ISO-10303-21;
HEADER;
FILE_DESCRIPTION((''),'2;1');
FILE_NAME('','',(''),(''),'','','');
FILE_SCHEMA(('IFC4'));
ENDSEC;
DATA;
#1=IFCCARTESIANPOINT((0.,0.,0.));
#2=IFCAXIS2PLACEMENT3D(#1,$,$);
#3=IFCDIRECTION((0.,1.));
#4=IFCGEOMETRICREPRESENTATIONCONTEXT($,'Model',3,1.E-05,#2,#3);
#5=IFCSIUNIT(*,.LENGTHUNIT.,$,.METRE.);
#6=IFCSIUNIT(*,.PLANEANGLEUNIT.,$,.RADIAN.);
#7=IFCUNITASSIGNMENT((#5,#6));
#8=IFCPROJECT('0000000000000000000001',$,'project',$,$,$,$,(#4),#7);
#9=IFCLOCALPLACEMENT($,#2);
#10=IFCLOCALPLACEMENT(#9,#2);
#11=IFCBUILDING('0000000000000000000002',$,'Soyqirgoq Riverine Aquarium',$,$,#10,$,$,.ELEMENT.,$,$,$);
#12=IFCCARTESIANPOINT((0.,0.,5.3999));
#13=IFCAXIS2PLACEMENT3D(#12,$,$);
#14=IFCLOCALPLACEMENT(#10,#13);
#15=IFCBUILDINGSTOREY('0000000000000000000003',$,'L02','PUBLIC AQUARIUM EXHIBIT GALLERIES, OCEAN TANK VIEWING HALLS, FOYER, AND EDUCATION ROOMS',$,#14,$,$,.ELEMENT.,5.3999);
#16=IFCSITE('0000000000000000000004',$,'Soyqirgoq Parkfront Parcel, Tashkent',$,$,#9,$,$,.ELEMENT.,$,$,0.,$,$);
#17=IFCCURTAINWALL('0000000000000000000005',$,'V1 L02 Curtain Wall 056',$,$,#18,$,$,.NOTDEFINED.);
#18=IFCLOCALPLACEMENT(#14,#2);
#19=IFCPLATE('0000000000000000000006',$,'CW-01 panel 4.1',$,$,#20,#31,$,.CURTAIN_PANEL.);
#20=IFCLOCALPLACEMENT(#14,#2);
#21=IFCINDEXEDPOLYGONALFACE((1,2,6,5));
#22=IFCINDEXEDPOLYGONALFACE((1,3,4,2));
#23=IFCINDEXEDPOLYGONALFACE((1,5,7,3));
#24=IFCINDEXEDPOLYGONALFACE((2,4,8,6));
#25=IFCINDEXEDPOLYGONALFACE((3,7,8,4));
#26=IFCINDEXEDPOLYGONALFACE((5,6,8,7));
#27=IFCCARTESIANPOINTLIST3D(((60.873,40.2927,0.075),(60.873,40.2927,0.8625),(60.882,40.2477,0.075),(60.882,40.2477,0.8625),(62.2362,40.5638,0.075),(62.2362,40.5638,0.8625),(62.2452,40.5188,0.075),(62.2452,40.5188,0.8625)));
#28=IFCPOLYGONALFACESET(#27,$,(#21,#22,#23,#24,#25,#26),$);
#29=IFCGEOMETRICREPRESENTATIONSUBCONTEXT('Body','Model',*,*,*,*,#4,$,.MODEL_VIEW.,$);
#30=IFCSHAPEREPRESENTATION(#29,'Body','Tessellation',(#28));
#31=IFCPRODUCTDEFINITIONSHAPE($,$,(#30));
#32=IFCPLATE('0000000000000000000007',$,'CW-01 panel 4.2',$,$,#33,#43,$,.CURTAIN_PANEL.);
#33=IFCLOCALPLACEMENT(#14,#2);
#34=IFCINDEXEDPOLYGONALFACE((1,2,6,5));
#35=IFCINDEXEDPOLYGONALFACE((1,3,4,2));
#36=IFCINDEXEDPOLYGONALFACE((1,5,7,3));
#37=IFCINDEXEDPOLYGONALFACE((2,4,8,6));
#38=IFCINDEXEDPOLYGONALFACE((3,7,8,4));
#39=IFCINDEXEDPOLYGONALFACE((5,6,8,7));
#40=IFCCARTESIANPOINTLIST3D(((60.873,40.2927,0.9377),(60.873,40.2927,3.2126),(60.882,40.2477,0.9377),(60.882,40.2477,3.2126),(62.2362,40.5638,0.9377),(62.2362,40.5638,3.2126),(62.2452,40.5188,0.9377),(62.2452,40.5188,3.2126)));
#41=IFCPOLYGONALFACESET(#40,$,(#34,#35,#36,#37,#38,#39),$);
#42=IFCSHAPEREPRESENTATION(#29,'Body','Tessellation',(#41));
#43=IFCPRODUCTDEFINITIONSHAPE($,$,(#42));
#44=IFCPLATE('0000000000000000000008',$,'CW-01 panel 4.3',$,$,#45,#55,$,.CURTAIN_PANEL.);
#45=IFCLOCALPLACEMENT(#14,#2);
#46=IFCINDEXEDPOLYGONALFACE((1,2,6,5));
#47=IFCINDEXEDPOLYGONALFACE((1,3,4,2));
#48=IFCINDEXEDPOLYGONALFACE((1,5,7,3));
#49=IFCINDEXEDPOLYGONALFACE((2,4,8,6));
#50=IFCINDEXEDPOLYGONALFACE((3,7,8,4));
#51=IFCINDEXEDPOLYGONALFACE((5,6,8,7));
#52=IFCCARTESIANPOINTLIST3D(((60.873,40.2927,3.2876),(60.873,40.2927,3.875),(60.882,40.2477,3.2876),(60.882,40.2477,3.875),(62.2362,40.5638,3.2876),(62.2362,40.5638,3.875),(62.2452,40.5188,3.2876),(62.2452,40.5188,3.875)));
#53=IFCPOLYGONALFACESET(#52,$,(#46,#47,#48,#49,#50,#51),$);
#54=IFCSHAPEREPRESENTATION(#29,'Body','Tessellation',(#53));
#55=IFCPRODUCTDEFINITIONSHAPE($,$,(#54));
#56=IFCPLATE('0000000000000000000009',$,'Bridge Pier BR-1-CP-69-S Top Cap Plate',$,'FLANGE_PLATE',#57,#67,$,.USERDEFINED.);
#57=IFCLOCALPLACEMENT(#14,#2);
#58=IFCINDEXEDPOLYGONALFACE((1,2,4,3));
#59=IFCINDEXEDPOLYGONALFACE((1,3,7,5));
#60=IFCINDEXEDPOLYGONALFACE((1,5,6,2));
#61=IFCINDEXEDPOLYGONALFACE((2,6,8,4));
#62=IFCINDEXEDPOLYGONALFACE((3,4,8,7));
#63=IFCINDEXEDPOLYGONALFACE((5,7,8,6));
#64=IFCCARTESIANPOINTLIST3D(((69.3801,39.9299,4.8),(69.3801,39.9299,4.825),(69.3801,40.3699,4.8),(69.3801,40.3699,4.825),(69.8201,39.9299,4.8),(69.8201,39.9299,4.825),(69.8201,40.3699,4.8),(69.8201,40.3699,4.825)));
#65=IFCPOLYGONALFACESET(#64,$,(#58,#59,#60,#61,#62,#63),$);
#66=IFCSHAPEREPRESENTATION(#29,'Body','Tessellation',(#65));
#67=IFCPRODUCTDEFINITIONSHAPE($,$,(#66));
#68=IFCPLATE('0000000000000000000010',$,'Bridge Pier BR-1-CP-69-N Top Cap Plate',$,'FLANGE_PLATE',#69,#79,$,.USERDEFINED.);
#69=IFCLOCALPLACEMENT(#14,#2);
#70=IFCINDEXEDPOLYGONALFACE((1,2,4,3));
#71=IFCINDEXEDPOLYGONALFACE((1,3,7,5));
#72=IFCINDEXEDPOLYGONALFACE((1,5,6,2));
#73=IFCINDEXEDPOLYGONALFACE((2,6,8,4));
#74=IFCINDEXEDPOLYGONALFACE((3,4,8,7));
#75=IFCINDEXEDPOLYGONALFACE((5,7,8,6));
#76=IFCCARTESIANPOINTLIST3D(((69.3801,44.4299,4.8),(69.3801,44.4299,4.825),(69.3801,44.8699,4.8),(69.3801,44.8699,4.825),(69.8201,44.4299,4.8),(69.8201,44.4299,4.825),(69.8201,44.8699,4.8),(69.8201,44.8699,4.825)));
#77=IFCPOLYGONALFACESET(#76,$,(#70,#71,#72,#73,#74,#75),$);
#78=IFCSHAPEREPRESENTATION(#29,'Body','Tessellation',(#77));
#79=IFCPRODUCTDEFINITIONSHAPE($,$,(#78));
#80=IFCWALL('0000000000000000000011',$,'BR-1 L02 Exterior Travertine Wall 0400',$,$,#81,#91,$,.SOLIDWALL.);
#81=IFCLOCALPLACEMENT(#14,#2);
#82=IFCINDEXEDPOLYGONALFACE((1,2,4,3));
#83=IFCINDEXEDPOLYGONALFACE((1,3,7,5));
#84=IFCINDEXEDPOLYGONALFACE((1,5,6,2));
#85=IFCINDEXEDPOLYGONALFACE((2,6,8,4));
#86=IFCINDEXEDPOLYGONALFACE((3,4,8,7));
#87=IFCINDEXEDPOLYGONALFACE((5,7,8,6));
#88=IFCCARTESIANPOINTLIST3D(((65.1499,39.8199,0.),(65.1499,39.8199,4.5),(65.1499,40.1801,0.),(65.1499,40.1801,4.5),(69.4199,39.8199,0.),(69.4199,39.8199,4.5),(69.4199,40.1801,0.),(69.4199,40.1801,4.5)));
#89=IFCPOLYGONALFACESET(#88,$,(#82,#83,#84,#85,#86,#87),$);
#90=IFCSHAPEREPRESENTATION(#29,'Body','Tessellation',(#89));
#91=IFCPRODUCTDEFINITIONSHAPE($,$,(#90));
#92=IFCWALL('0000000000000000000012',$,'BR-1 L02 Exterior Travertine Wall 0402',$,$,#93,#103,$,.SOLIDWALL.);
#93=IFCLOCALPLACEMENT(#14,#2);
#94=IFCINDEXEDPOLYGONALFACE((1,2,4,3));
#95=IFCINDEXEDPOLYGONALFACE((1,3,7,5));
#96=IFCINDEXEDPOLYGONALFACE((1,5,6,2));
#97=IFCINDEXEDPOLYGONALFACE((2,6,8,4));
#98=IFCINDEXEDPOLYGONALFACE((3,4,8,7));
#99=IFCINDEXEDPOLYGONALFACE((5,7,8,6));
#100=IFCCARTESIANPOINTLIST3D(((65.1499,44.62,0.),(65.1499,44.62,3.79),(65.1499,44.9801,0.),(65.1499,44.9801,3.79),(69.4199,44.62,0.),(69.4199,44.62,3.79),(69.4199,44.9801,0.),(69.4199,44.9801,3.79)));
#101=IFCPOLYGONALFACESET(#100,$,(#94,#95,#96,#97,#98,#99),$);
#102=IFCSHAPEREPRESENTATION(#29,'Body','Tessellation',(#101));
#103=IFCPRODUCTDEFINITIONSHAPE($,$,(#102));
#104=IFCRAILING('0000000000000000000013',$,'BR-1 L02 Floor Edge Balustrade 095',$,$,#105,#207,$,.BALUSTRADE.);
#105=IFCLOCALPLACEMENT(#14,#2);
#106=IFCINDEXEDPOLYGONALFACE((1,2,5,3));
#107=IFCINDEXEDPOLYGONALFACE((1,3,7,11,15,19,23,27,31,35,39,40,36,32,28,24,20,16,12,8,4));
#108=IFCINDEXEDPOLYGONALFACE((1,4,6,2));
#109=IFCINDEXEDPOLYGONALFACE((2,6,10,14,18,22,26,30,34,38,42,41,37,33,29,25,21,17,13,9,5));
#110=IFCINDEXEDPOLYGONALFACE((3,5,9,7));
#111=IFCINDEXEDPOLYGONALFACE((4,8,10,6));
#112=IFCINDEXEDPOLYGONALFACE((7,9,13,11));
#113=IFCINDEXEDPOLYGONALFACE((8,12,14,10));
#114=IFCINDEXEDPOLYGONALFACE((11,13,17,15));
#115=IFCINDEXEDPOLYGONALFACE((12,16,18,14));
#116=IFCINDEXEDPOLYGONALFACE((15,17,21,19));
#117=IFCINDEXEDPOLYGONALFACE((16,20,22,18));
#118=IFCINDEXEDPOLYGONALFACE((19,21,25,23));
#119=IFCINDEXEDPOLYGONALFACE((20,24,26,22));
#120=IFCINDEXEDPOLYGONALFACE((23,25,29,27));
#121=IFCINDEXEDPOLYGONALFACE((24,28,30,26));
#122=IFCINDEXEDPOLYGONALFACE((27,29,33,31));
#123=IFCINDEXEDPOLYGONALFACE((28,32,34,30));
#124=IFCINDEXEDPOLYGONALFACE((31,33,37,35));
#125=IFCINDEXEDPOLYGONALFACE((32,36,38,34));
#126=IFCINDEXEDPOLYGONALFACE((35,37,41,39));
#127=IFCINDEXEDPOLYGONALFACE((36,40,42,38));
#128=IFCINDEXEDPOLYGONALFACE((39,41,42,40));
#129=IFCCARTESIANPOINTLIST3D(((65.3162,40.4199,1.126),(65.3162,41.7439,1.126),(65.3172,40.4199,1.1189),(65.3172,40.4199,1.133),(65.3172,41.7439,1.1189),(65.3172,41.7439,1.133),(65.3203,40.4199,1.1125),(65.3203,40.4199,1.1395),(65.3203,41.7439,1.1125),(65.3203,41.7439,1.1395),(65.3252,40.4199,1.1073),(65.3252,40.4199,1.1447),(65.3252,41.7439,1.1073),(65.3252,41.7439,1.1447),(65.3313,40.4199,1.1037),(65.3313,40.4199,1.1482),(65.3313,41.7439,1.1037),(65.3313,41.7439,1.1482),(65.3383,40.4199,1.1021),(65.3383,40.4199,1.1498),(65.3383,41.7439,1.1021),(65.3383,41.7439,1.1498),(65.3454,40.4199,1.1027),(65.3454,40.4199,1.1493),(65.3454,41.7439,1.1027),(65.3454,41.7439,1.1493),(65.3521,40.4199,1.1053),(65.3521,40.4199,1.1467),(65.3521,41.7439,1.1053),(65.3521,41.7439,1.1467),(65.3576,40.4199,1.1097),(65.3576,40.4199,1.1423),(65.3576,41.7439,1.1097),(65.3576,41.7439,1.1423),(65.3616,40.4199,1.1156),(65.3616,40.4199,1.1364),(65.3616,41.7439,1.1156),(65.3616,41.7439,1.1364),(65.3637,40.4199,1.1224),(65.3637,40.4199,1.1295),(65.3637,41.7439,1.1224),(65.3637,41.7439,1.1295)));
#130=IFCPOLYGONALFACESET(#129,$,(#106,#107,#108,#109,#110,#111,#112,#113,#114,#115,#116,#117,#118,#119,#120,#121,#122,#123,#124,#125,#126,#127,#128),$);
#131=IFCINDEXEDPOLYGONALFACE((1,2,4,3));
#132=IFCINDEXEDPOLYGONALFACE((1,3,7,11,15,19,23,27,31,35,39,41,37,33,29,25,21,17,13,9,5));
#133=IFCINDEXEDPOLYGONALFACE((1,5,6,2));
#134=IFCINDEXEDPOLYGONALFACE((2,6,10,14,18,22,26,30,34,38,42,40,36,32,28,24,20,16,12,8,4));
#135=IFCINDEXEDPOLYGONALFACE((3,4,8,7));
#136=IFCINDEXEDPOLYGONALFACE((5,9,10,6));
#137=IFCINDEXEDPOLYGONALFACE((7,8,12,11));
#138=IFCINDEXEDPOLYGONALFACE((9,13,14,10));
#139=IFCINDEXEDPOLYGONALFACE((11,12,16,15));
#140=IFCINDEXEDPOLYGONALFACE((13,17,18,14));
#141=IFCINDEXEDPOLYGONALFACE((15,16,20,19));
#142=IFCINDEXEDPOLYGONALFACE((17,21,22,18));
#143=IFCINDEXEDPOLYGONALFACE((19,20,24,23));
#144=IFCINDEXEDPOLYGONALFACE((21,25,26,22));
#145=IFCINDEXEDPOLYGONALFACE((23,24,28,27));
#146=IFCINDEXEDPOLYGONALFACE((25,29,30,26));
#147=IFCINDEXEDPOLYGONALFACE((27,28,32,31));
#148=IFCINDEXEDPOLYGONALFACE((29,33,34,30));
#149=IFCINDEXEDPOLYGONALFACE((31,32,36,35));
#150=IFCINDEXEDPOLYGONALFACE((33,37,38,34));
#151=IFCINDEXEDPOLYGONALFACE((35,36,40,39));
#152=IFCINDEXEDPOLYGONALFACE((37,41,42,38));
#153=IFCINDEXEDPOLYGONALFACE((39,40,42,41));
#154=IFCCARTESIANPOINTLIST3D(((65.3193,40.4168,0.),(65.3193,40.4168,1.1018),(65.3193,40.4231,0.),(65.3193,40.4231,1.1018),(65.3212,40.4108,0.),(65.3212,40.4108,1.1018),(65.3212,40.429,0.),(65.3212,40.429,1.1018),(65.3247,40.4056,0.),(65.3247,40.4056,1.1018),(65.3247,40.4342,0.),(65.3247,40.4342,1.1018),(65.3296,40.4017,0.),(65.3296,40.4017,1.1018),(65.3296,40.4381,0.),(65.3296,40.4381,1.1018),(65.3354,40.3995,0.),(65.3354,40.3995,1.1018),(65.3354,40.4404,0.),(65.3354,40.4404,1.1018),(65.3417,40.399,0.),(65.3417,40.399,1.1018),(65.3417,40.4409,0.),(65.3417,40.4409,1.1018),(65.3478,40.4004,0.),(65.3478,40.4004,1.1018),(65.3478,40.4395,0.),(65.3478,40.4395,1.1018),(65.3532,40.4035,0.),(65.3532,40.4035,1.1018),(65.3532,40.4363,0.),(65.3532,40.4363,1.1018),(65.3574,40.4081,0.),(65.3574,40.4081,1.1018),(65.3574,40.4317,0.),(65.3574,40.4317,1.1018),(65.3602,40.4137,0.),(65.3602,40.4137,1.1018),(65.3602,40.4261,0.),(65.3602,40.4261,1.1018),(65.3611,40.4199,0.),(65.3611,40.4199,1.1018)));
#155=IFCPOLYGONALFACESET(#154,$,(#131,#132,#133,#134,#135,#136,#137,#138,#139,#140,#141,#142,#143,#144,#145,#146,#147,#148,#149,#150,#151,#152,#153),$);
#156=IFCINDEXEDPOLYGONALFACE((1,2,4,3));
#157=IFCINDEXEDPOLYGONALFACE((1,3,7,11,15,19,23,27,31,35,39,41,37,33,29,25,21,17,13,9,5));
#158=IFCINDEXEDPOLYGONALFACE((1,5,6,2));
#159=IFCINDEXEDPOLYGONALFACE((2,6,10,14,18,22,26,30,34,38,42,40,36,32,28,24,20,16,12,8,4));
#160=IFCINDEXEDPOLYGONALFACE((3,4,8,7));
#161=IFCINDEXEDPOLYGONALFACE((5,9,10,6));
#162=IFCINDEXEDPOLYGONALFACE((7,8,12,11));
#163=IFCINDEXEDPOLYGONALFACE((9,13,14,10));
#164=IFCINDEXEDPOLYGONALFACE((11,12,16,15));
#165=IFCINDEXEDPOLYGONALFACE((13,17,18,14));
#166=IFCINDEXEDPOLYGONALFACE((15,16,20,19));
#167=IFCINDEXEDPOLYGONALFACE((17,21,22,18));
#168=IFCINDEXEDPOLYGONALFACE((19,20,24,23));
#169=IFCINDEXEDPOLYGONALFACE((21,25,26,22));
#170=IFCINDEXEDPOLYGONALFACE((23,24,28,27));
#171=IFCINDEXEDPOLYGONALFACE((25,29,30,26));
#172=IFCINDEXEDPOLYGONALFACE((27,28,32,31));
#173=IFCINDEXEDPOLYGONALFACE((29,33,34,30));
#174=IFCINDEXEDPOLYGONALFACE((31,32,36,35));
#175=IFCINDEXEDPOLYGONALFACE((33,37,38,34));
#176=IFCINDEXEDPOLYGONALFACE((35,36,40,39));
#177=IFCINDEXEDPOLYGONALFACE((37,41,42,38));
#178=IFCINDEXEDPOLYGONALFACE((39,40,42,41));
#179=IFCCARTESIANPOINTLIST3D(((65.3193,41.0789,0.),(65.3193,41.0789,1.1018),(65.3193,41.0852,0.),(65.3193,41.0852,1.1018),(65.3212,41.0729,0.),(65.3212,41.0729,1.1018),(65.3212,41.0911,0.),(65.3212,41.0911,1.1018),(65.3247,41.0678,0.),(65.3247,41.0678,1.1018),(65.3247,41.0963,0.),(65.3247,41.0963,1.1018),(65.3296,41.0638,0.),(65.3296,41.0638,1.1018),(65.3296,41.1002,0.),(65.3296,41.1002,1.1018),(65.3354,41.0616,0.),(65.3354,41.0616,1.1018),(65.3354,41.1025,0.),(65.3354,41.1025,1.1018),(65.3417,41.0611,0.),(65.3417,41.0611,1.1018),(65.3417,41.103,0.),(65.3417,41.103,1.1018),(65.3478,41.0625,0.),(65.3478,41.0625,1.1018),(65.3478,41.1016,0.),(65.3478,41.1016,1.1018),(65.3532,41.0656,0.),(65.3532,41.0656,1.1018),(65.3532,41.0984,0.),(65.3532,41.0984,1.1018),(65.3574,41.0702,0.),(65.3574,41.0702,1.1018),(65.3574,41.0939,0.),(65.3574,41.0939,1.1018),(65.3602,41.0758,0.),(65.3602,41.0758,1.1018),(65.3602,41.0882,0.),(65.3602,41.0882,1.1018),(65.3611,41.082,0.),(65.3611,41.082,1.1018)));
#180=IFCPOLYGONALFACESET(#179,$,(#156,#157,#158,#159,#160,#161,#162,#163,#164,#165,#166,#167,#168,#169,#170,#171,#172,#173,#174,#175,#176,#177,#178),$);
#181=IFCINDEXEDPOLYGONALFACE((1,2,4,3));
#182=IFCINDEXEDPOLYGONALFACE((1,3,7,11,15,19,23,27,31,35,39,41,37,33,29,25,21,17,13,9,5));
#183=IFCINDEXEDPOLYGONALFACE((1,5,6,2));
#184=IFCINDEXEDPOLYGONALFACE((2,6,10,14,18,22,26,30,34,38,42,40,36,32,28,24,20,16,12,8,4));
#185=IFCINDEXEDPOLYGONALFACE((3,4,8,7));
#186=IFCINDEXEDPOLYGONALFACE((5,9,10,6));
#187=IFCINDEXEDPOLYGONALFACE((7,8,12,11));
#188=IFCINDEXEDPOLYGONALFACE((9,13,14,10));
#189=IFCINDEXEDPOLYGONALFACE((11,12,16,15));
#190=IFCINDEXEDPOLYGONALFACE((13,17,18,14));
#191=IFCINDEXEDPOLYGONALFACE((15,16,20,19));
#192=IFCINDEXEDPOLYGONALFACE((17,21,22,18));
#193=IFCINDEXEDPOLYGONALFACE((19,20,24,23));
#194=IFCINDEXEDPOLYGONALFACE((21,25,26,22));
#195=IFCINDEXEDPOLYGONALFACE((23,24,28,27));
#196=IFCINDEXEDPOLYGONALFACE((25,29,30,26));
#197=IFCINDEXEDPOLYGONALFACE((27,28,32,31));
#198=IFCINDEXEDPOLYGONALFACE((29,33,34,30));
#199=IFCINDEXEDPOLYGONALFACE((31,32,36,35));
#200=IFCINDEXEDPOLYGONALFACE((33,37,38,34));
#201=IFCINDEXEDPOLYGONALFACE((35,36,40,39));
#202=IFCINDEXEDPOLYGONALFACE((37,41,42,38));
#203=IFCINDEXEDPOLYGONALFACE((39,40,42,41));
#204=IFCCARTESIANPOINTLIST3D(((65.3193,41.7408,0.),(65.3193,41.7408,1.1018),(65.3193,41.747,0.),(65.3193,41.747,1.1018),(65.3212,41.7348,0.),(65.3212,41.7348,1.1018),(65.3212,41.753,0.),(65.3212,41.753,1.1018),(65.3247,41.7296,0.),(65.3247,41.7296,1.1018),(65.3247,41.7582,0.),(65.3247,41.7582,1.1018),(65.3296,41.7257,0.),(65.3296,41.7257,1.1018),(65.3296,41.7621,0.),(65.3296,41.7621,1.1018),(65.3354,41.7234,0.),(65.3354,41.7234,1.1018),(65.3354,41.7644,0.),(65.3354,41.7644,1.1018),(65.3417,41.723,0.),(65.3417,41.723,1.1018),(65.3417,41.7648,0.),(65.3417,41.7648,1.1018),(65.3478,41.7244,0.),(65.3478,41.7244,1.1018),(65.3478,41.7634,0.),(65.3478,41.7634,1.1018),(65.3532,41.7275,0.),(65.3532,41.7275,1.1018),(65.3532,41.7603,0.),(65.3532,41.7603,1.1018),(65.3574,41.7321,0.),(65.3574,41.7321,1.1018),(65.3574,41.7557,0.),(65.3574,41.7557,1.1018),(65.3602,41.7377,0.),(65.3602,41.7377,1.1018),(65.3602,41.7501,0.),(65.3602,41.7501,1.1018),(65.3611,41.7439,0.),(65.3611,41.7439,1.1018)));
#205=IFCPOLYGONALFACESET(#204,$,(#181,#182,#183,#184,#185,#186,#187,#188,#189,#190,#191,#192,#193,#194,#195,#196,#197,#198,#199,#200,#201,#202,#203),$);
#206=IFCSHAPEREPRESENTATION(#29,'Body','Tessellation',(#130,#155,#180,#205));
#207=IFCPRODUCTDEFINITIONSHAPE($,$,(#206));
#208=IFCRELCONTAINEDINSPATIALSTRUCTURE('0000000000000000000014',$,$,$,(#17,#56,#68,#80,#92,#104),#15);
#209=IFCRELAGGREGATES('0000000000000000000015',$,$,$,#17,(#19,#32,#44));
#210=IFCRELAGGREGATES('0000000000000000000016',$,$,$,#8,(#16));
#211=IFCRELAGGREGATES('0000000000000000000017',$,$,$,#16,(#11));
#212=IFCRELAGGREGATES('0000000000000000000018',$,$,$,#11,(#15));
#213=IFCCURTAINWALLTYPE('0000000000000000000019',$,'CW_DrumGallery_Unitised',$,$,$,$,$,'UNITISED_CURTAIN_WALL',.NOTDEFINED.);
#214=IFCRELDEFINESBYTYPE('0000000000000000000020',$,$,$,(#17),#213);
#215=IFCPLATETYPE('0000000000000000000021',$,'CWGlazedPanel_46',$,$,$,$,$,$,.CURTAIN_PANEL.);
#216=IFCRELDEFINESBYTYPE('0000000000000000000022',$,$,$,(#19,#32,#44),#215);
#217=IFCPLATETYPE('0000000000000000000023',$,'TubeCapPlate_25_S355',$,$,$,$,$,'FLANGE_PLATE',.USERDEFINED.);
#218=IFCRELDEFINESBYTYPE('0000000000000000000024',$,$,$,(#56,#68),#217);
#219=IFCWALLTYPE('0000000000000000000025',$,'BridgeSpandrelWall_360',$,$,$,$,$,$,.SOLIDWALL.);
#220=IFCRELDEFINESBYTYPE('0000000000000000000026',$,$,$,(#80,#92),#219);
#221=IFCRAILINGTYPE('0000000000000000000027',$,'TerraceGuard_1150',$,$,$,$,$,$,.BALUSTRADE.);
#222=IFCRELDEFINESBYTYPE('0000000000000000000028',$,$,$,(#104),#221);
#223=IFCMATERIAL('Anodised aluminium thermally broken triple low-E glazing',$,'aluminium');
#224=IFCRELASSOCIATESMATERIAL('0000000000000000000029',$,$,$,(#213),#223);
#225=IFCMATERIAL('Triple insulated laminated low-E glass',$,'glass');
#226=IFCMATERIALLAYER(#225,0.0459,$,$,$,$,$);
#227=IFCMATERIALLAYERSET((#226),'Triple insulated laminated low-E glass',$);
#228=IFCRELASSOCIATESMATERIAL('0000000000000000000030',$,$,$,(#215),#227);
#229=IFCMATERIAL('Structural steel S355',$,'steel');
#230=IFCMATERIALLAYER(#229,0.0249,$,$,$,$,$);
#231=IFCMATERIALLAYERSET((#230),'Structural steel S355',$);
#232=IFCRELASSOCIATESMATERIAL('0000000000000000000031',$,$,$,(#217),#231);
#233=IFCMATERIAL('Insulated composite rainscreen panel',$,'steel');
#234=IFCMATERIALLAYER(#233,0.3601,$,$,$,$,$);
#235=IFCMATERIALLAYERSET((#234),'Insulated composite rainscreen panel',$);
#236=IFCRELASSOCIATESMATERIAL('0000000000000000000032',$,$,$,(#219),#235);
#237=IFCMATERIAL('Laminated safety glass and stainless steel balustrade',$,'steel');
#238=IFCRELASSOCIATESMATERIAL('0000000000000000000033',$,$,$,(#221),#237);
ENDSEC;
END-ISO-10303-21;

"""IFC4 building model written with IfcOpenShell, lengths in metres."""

from ifc_helpers import new_model, si_unit, direction, frame, frame_2d, origin, origin_2d, place, context, subcontext, project, spatial, rectangle, circle, extrude, material, layer, layer_set, type_object, element, aggregate, save


model = new_model("IFC4")

# Units and contexts
model_context = context("Model", 3, precision=1e-05, world=origin(), true_north=direction((0.0, 1.0)))
body_context = subcontext(model_context, "Body", "Model", "MODEL_VIEW")
ifc_project = project(units=[si_unit("LENGTHUNIT", "METRE"), si_unit("PLANEANGLEUNIT", "RADIAN")], contexts=[model_context])

# Site, building, storey
site_placement = place(None, origin())
site = spatial("IfcSite", under=ifc_project, at=site_placement, Name="Soyqirgoq Parkfront Parcel, Tashkent", CompositionType="ELEMENT", RefElevation=0.0)
building_placement = place(site_placement, origin())
building = spatial("IfcBuilding", under=site, at=building_placement, Name="Soyqirgoq Riverine Aquarium", CompositionType="ELEMENT")
storey_placement = place(building_placement, frame((0.0, 0.0, 5.3999)))
storey = spatial("IfcBuildingStorey", under=building, at=storey_placement, Name="L02", Description="PUBLIC AQUARIUM EXHIBIT GALLERIES, OCEAN TANK VIEWING HALLS, FOYER, AND EDUCATION ROOMS", CompositionType="ELEMENT", Elevation=5.3999)

# Curtain wall
ifc_material_1 = material(Name="Anodised aluminium thermally broken triple low-E glazing", Category="aluminium")
curtain_wall_type = type_object("IfcCurtainWallType", Name="CW_DrumGallery_Unitised", ElementType="UNITISED_CURTAIN_WALL", PredefinedType="NOTDEFINED", material=ifc_material_1)
curtain_wall_placement = place(storey_placement, origin())
curtain_wall = element("IfcCurtainWall", 1, at=curtain_wall_placement, inside=storey, type_object=curtain_wall_type, Name="V1 L02 Curtain Wall 056", PredefinedType="NOTDEFINED")

# Plates
ifc_material_2 = material(Name="Triple insulated laminated low-E glass", Category="glass")
ifc_layer_1 = layer(ifc_material_2, 0.0459)
ifc_layer_set_1 = layer_set([ifc_layer_1], Name="Triple insulated laminated low-E glass")
plate_type_1 = type_object("IfcPlateType", Name="CWGlazedPanel_46", PredefinedType="CURTAIN_PANEL", material=ifc_layer_set_1)
plate_1_placement = place(storey_placement, frame((61.5591, 40.4058, 0.075), z_axis=(0.0, 0.0, 1.0), x_axis=(0.980786, 0.195088, 0.0)))
plate_1 = element("IfcPlate", 2, at=plate_1_placement, type_object=plate_type_1, Name="CW-01 panel 4.1", PredefinedType="CURTAIN_PANEL", context=body_context, shape_type="SweptSolid", body=[
    extrude(rectangle(XDim=1.3899, YDim=0.0459, at=origin_2d()), origin(), (0.0, 0.0, 1.0), 0.7876),
])
plate_2_placement = place(storey_placement, frame((61.5591, 40.4058, 0.9377), z_axis=(0.0, 0.0, 1.0), x_axis=(0.980786, 0.195088, 0.0)))
plate_2 = element("IfcPlate", 3, at=plate_2_placement, type_object=plate_type_1, Name="CW-01 panel 4.2", PredefinedType="CURTAIN_PANEL", context=body_context, shape_type="SweptSolid", body=[
    extrude(rectangle(XDim=1.3899, YDim=0.0459, at=origin_2d()), origin(), (0.0, 0.0, 1.0), 2.2749),
])
plate_3_placement = place(storey_placement, frame((61.5591, 40.4058, 3.2876), z_axis=(0.0, 0.0, 1.0), x_axis=(0.980786, 0.195088, 0.0)))
plate_3 = element("IfcPlate", 4, at=plate_3_placement, type_object=plate_type_1, Name="CW-01 panel 4.3", PredefinedType="CURTAIN_PANEL", context=body_context, shape_type="SweptSolid", body=[
    extrude(rectangle(XDim=1.3899, YDim=0.0459, at=origin_2d()), origin(), (0.0, 0.0, 1.0), 0.5874),
])
aggregate(curtain_wall, [plate_1, plate_2, plate_3])

# Plates
ifc_material_3 = material(Name="Structural steel S355", Category="steel")
ifc_layer_2 = layer(ifc_material_3, 0.0249)
ifc_layer_set_2 = layer_set([ifc_layer_2], Name="Structural steel S355")
plate_type_2 = type_object("IfcPlateType", Name="TubeCapPlate_25_S355", ElementType="FLANGE_PLATE", PredefinedType="USERDEFINED", material=ifc_layer_set_2)
for number, where, z_axis, x_axis, name in (
    (5, (69.6001, 40.1499, 4.8), (0.0, 0.0, 1.0), (1.0, 0.0, 0.0), "Bridge Pier BR-1-CP-69-S Top Cap Plate"),
    (6, (69.6001, 44.6499, 4.8), (0.0, 0.0, 1.0), (1.0, 0.0, 0.0), "Bridge Pier BR-1-CP-69-N Top Cap Plate"),
):
    element("IfcPlate", number, at=place(storey_placement, frame(where, z_axis=z_axis, x_axis=x_axis)), inside=storey, type_object=plate_type_2, Name=name, ObjectType="FLANGE_PLATE", PredefinedType="USERDEFINED", context=body_context, shape_type="SweptSolid", body=[
        extrude(rectangle(XDim=0.4399, YDim=0.4399, at=origin_2d()), origin(), (0.0, 0.0, 1.0), 0.0249),
    ])

# Walls
ifc_material_4 = material(Name="Insulated composite rainscreen panel", Category="steel")
ifc_layer_3 = layer(ifc_material_4, 0.3601)
ifc_layer_set_3 = layer_set([ifc_layer_3], Name="Insulated composite rainscreen panel")
wall_type_1 = type_object("IfcWallType", Name="BridgeSpandrelWall_360", PredefinedType="SOLIDWALL", material=ifc_layer_set_3)
wall_1_placement = place(storey_placement, frame((65.1499, 40.0, 0.0), z_axis=(0.0, 0.0, 1.0), x_axis=(1.0, 0.0, 0.0)))
element("IfcWall", 7, at=wall_1_placement, inside=storey, type_object=wall_type_1, Name="BR-1 L02 Exterior Travertine Wall 0400", PredefinedType="SOLIDWALL", context=body_context, shape_type="SweptSolid", body=[
    extrude(rectangle(XDim=4.27, YDim=0.3601, at=frame_2d((2.135, 0.0))), origin(), (0.0, 0.0, 1.0), 4.5),
])
wall_2_placement = place(storey_placement, frame((65.1499, 44.8, 0.0), z_axis=(0.0, 0.0, 1.0), x_axis=(1.0, 0.0, 0.0)))
element("IfcWall", 8, at=wall_2_placement, inside=storey, type_object=wall_type_1, Name="BR-1 L02 Exterior Travertine Wall 0402", PredefinedType="SOLIDWALL", context=body_context, shape_type="SweptSolid", body=[
    extrude(rectangle(XDim=4.27, YDim=0.3601, at=frame_2d((2.135, 0.0))), origin(), (0.0, 0.0, 1.0), 3.79),
])

# Railing
ifc_material_5 = material(Name="Laminated safety glass and stainless steel balustrade", Category="steel")
railing_type = type_object("IfcRailingType", Name="TerraceGuard_1150", PredefinedType="BALUSTRADE", material=ifc_material_5)
railing_1_placement = place(storey_placement, frame((65.3401, 40.4199, 0.0)))
element("IfcRailing", 9, at=railing_1_placement, inside=storey, type_object=railing_type, Name="BR-1 L02 Floor Edge Balustrade 095", PredefinedType="BALUSTRADE", context=body_context, shape_type="SweptSolid", body=[
    extrude(circle(Radius=0.0239, at=origin_2d()), frame((0.0, 0.0, 1.126), z_axis=(0.0, 1.0, 0.0), x_axis=(-1.0, 0.0, 0.0)), (0.0, 0.0, 1.0), 1.324),
    extrude(circle(Radius=0.021, at=origin_2d()), origin(), (0.0, 0.0, 1.0), 1.1018),
    extrude(circle(Radius=0.021, at=origin_2d()), frame((0.0, 0.6621, 0.0)), (0.0, 0.0, 1.0), 1.1018),
    extrude(circle(Radius=0.021, at=origin_2d()), frame((0.0, 1.324, 0.0)), (0.0, 0.0, 1.0), 1.1018),
])

save(model, "model.ifc")
